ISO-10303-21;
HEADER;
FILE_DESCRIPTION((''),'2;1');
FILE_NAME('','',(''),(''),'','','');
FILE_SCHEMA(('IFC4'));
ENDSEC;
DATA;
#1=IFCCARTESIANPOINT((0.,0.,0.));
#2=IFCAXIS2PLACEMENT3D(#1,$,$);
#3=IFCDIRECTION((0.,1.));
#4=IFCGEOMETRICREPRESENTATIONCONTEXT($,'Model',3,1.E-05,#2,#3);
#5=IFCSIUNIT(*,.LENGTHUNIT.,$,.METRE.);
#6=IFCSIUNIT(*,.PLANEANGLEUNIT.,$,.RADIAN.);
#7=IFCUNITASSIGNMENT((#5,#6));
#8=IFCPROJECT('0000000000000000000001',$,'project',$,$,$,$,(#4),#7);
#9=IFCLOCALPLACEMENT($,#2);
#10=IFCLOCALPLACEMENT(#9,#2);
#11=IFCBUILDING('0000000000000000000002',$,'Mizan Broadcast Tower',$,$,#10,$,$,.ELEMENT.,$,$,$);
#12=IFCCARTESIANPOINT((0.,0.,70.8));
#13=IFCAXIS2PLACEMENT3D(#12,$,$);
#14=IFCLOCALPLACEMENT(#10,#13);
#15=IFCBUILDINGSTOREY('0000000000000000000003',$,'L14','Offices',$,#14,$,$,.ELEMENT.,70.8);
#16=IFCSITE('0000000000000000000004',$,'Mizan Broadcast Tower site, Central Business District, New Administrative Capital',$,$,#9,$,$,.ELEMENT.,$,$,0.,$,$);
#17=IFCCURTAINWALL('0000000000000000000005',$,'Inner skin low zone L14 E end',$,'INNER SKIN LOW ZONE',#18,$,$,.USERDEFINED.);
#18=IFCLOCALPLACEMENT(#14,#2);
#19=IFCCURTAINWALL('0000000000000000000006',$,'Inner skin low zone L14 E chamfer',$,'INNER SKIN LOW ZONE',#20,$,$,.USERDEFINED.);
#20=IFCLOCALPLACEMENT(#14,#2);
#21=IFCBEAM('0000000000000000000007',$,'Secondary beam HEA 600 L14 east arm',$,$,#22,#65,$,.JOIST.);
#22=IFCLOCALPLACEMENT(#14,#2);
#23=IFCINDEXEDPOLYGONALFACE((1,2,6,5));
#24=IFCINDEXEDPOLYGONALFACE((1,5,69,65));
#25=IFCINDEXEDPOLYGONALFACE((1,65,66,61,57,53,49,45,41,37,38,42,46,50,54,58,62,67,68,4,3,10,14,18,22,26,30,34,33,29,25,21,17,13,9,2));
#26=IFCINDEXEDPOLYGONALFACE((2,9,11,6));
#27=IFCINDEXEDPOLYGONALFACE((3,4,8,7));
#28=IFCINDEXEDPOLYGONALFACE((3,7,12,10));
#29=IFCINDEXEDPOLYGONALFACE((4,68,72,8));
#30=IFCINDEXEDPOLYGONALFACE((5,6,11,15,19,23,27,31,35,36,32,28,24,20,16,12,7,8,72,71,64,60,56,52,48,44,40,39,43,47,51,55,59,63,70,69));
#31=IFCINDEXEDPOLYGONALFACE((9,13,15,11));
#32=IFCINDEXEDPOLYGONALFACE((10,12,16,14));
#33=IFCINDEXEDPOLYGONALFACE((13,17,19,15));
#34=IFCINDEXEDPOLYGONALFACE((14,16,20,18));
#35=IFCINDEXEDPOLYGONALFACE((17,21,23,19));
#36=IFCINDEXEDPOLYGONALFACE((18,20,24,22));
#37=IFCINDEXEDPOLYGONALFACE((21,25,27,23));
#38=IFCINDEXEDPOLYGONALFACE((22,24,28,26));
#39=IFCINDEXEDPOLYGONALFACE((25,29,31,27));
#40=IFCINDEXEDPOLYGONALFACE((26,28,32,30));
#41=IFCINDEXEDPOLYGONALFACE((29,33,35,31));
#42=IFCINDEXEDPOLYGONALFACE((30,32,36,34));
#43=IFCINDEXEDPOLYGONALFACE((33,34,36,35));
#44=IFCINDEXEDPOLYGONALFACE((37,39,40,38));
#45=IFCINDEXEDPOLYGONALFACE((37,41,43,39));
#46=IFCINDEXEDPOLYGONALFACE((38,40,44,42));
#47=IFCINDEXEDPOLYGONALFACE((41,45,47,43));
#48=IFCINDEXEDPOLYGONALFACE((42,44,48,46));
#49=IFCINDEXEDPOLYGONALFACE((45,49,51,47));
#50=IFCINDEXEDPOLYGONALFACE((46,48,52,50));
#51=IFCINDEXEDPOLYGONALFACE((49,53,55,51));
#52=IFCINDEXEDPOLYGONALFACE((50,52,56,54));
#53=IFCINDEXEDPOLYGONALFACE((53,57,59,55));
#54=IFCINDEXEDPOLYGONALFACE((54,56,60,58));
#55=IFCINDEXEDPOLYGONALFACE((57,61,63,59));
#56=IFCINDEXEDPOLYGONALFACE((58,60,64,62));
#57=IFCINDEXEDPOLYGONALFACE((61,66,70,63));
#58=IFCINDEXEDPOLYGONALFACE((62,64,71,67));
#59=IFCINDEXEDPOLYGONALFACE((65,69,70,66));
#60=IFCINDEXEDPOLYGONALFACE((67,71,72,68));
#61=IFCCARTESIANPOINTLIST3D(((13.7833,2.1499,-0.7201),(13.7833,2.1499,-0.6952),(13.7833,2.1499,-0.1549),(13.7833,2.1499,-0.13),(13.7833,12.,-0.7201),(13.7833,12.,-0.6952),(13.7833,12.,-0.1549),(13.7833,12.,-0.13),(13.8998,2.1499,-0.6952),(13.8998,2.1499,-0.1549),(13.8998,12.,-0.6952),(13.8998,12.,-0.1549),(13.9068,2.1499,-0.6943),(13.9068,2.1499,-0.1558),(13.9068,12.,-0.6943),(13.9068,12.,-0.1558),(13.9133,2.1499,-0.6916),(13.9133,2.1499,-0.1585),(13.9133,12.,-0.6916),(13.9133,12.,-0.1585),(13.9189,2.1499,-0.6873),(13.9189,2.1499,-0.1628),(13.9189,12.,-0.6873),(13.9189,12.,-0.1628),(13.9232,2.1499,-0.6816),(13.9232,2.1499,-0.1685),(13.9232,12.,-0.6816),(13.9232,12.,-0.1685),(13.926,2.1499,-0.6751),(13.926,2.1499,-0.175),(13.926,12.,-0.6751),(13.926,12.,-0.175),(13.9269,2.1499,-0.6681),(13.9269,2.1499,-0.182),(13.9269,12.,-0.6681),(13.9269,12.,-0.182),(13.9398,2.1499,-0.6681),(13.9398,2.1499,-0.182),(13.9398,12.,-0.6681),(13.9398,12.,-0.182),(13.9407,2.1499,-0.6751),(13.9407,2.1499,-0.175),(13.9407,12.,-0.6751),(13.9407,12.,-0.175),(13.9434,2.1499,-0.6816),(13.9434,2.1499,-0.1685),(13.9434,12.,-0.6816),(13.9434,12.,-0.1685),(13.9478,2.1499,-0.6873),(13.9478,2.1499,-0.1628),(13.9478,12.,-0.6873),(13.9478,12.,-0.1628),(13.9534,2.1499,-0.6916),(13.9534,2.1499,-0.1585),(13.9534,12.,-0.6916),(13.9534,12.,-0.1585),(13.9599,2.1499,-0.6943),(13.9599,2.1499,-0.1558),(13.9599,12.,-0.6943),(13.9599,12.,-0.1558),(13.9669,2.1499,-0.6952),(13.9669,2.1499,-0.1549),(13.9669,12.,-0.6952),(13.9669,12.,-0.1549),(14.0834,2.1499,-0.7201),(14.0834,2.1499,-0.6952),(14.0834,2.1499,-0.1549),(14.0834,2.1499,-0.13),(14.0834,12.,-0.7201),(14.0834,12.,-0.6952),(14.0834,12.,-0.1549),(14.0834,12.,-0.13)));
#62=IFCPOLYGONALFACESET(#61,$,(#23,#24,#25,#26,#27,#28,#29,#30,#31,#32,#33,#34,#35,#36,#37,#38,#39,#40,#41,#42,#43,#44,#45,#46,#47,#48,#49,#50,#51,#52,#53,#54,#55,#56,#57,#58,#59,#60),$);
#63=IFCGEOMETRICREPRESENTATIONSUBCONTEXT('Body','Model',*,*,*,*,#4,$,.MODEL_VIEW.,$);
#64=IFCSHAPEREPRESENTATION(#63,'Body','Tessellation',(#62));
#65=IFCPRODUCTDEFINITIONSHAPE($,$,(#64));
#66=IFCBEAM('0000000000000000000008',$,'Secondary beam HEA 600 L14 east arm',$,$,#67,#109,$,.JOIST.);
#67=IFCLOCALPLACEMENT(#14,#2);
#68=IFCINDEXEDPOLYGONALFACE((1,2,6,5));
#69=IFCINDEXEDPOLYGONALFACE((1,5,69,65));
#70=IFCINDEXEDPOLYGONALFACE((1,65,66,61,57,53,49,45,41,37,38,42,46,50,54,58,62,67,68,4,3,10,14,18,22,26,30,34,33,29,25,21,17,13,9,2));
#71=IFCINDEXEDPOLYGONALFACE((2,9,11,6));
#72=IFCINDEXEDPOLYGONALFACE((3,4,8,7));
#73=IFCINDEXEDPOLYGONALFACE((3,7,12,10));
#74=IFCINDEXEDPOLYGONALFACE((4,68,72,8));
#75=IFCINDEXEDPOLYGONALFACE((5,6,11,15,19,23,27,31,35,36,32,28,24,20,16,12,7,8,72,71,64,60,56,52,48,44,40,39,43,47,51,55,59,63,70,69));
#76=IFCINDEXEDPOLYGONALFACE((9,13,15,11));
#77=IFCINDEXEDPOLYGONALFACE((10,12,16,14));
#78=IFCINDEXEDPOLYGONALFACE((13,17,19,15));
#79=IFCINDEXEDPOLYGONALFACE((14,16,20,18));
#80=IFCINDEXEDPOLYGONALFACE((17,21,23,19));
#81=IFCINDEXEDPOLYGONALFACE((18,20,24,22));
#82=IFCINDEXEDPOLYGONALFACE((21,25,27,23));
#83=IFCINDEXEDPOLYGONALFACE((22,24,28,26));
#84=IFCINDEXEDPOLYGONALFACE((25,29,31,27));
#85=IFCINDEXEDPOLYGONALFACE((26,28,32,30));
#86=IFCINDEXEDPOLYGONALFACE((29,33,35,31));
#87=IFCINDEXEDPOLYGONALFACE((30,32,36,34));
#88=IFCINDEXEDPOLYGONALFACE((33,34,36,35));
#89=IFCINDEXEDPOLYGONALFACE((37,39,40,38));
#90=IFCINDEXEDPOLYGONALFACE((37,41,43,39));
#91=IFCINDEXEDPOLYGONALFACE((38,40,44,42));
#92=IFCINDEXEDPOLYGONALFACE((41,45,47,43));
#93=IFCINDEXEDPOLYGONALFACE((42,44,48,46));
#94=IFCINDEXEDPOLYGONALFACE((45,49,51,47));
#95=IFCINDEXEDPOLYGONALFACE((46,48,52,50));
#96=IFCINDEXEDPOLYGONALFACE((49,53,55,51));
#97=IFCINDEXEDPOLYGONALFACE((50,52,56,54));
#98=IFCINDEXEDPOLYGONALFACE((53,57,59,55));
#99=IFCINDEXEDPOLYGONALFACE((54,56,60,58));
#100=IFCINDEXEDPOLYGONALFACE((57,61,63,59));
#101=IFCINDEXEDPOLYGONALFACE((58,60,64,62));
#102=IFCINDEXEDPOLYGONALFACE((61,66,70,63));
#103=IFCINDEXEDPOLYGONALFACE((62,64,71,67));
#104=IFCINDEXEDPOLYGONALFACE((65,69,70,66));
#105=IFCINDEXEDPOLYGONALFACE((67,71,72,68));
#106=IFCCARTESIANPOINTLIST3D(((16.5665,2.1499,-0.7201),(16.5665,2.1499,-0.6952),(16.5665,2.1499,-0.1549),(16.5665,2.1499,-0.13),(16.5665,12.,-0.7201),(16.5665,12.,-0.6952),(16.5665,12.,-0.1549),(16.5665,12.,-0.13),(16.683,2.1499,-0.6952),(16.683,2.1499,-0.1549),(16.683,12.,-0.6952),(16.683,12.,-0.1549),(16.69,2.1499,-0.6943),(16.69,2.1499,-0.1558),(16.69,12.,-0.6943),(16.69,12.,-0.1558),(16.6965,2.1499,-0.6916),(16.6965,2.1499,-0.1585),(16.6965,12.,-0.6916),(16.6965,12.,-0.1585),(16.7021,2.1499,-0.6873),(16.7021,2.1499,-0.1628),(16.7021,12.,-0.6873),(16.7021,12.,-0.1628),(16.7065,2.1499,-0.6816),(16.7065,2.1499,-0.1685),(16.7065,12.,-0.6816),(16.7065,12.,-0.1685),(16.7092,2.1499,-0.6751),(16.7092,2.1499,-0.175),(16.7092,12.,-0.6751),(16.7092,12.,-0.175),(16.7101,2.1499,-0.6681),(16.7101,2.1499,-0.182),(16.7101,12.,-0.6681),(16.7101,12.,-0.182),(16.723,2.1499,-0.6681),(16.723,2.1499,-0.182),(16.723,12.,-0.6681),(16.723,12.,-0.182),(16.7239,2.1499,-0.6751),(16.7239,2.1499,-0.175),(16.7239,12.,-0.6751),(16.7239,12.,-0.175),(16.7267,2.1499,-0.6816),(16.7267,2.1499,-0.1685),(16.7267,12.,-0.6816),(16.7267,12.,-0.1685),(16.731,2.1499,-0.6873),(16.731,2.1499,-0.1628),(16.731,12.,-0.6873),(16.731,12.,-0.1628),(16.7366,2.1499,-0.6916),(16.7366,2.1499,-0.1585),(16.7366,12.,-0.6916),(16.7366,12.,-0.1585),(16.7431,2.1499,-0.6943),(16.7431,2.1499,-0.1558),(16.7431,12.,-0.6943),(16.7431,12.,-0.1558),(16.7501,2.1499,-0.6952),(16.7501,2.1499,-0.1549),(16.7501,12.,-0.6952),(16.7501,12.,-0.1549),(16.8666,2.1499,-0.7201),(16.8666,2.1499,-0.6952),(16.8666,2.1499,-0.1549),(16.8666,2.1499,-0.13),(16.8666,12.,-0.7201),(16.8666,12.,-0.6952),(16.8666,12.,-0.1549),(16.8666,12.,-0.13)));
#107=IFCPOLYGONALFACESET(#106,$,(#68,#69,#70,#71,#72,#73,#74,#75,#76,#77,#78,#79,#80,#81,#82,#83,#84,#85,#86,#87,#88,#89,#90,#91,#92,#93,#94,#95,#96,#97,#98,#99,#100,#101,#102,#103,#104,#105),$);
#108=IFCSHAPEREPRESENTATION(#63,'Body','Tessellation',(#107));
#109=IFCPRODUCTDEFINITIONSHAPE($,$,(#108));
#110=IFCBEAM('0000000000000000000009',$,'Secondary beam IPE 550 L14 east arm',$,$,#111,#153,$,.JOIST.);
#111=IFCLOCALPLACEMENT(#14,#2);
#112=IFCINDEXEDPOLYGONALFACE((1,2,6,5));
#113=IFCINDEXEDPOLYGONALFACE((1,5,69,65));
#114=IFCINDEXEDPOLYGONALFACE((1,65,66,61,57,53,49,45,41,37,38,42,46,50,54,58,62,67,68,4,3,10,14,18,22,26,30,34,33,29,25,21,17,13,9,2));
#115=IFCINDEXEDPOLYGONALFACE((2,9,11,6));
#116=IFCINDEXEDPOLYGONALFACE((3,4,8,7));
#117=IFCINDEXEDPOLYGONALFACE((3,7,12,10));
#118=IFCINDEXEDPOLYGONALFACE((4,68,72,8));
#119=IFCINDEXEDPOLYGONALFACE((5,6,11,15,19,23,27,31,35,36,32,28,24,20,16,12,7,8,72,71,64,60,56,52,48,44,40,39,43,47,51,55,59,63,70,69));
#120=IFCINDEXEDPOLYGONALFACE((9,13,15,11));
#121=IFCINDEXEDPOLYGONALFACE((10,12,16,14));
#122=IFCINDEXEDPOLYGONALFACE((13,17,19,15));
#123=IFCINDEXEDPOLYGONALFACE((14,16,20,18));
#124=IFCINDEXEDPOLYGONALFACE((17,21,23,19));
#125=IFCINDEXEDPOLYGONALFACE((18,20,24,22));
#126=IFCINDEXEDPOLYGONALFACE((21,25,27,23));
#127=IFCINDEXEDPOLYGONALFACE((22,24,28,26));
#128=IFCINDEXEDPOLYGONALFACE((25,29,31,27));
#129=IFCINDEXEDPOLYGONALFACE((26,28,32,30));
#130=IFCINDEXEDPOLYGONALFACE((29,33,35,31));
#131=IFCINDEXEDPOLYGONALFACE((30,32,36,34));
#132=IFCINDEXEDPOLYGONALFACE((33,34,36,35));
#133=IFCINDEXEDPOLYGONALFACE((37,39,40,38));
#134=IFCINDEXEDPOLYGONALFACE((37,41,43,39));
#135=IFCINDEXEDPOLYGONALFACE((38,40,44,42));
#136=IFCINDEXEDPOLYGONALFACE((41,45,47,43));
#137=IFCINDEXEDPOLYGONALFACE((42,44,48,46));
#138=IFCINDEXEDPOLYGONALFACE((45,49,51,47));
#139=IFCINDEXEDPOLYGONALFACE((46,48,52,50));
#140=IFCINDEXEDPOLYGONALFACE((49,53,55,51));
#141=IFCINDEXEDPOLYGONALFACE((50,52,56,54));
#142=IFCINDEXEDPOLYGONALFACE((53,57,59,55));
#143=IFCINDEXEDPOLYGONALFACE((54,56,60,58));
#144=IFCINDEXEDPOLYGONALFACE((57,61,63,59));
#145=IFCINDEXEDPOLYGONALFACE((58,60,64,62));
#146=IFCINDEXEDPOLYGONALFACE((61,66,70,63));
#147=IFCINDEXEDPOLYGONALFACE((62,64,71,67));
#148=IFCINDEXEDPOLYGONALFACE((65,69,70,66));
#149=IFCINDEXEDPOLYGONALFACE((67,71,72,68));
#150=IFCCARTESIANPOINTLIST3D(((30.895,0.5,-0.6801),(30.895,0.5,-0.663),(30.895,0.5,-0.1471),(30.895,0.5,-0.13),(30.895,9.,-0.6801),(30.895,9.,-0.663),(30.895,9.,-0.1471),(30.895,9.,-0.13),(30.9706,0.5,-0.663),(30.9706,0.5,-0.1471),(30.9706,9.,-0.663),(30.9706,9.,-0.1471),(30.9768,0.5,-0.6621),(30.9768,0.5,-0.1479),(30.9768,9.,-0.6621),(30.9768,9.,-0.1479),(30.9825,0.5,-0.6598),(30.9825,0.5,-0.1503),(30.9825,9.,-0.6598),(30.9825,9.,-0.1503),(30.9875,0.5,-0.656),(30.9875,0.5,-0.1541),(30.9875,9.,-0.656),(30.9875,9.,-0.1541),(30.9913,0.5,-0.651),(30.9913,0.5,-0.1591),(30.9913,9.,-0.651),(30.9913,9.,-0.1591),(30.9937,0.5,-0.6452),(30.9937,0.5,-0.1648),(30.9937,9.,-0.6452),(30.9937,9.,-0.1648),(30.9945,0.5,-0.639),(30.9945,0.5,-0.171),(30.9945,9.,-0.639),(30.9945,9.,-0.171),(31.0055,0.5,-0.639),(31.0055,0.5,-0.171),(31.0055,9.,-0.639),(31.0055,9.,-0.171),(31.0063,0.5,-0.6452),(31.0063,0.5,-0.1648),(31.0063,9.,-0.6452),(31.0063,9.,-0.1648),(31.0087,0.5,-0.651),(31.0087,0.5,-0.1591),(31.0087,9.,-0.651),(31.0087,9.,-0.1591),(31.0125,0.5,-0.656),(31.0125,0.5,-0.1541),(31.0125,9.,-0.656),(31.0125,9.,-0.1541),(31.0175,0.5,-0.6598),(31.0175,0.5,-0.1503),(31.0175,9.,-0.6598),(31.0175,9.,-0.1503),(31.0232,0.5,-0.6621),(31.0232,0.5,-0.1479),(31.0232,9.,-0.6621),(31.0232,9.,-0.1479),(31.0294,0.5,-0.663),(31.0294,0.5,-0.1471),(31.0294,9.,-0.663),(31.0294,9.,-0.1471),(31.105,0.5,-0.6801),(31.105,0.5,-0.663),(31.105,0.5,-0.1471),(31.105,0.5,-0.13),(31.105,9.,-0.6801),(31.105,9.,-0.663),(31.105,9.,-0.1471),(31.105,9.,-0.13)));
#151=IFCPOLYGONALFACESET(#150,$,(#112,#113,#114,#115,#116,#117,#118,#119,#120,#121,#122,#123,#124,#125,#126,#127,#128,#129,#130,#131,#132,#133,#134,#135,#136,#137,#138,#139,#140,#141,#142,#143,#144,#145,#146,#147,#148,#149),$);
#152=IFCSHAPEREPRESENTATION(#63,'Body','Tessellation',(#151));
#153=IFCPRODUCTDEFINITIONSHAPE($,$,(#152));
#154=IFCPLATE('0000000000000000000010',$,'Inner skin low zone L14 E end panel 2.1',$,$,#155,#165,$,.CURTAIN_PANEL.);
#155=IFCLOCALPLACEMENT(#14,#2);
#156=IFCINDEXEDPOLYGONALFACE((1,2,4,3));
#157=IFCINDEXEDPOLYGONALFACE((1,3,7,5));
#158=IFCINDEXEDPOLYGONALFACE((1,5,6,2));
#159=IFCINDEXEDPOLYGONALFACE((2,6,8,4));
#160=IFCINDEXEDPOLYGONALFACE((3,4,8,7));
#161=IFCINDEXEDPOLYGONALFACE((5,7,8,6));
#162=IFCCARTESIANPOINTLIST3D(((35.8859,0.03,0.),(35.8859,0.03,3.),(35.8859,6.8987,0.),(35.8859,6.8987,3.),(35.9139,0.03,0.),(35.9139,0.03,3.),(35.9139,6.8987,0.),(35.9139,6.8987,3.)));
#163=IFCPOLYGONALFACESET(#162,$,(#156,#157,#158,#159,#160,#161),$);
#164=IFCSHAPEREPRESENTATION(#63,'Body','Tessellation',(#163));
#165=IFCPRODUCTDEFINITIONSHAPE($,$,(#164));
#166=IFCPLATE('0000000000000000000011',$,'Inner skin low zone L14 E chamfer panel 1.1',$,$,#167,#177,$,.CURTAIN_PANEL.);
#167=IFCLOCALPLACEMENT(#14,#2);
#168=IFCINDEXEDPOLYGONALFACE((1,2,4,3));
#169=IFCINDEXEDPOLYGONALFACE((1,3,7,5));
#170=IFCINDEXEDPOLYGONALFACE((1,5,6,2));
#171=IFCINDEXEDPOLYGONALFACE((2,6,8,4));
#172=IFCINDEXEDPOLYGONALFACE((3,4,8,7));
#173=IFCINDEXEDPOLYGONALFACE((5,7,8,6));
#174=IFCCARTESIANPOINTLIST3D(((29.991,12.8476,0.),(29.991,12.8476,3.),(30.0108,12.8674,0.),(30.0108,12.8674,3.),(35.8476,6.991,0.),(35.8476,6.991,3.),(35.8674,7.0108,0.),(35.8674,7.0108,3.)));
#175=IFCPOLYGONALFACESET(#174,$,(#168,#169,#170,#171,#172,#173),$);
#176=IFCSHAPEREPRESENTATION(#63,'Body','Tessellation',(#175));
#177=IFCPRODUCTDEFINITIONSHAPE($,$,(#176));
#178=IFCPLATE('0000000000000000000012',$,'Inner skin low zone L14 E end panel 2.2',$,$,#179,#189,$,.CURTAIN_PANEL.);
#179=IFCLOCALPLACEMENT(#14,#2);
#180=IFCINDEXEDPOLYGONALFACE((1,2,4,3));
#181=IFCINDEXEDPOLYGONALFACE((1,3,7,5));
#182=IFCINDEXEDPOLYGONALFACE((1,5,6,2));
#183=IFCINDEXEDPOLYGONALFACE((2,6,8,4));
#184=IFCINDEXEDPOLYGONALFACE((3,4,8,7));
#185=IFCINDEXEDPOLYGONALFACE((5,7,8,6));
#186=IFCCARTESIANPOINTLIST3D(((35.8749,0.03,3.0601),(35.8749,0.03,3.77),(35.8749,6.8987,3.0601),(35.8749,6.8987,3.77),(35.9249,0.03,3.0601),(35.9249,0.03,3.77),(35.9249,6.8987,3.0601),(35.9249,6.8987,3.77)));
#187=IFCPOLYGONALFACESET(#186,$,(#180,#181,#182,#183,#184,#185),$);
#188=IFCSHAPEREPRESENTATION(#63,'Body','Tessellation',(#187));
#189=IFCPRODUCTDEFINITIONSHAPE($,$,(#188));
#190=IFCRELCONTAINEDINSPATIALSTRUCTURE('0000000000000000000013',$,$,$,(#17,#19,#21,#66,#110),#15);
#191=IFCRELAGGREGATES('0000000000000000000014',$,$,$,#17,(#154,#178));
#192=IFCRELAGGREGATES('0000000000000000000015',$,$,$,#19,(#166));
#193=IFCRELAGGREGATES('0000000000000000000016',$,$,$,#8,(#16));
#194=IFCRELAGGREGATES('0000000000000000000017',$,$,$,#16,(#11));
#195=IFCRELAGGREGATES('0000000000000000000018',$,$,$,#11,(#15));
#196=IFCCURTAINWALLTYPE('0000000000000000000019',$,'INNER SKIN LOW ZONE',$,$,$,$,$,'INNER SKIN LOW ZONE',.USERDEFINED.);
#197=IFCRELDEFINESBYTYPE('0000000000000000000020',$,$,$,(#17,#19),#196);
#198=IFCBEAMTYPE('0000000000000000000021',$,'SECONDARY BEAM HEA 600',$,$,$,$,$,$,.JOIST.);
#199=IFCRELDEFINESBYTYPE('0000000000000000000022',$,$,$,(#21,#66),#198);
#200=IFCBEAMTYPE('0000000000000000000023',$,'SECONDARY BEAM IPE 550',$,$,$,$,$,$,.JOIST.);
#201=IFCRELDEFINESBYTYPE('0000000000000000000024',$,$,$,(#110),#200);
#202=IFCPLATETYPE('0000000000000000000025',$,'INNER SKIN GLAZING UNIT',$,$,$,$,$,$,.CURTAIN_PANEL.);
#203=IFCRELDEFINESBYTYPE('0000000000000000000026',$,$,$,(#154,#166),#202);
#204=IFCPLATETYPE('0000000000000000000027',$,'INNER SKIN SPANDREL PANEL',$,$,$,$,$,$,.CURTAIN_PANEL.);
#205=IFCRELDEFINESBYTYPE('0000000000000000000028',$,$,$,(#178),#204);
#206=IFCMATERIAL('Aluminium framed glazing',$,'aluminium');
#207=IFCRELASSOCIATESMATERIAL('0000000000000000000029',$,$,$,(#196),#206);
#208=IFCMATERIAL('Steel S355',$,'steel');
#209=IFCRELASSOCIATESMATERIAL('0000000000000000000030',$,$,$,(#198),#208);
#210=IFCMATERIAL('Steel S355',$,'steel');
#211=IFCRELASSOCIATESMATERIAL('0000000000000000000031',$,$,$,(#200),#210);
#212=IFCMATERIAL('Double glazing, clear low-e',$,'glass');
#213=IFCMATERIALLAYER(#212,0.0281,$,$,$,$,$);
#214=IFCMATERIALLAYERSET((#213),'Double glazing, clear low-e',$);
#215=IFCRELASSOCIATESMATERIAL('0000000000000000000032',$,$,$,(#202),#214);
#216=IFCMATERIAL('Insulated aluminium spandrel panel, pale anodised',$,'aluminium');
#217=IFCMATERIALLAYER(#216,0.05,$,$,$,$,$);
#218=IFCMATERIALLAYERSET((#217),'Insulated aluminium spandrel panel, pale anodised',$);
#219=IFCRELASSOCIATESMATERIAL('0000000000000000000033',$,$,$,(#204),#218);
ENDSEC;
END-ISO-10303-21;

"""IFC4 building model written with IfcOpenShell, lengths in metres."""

from ifc_helpers import new_model, si_unit, direction, frame, origin, origin_2d, place, context, subcontext, project, spatial, rectangle, i_section, extrude, material, layer, layer_set, material_profile, profile_set, type_object, element, aggregate, save


model = new_model("IFC4")

# Units and contexts
model_context = context("Model", 3, precision=1e-05, world=origin(), true_north=direction((0.0, 1.0)))
body_context = subcontext(model_context, "Body", "Model", "MODEL_VIEW")
ifc_project = project(units=[si_unit("LENGTHUNIT", "METRE"), si_unit("PLANEANGLEUNIT", "RADIAN")], contexts=[model_context])

# Site, building, storey
site_placement = place(None, origin())
site = spatial("IfcSite", under=ifc_project, at=site_placement, Name="Mizan Broadcast Tower site, Central Business District, New Administrative Capital", CompositionType="ELEMENT", RefElevation=0.0)
building_placement = place(site_placement, origin())
building = spatial("IfcBuilding", under=site, at=building_placement, Name="Mizan Broadcast Tower", CompositionType="ELEMENT")
storey_placement = place(building_placement, frame((0.0, 0.0, 70.8)))
storey = spatial("IfcBuildingStorey", under=building, at=storey_placement, Name="L14", Description="Offices", CompositionType="ELEMENT", Elevation=70.8)

# Curtain wall
ifc_material_1 = material(Name="Aluminium framed glazing", Category="aluminium")
curtain_wall_type_1 = type_object("IfcCurtainWallType", Name="INNER SKIN LOW ZONE", ElementType="INNER SKIN LOW ZONE", PredefinedType="USERDEFINED", material=ifc_material_1)
curtain_wall_1_placement = place(storey_placement, origin())
curtain_wall_1 = element("IfcCurtainWall", 1, at=curtain_wall_1_placement, inside=storey, type_object=curtain_wall_type_1, Name="Inner skin low zone L14 E end", ObjectType="INNER SKIN LOW ZONE", PredefinedType="USERDEFINED")

# Curtain wall
curtain_wall_2_placement = place(storey_placement, origin())
curtain_wall_2 = element("IfcCurtainWall", 2, at=curtain_wall_2_placement, inside=storey, type_object=curtain_wall_type_1, Name="Inner skin low zone L14 E chamfer", ObjectType="INNER SKIN LOW ZONE", PredefinedType="USERDEFINED")

# Beams
ifc_material_2 = material(Name="Steel S355", Category="steel")
ifc_material_profile_1 = material_profile(ifc_material_2, i_section(OverallWidth=0.3, OverallDepth=0.5901, WebThickness=0.0129, FlangeThickness=0.0249, FilletRadius=0.0271, at=origin_2d()), Name="HEA 600")
ifc_profile_set_1 = profile_set([ifc_material_profile_1], Name="Steel S355")
beam_type_1 = type_object("IfcBeamType", Name="SECONDARY BEAM HEA 600", PredefinedType="JOIST", material=ifc_profile_set_1)
for number, where, z_axis, x_axis, name in (
    (3, (13.9333, 12.0, -0.425), (0.0, -1.0, 0.0), (1.0, 0.0, 0.0), "Secondary beam HEA 600 L14 east arm"),
    (4, (16.7166, 12.0, -0.425), (0.0, -1.0, 0.0), (1.0, 0.0, 0.0), "Secondary beam HEA 600 L14 east arm"),
):
    element("IfcBeam", number, at=place(storey_placement, frame(where, z_axis=z_axis, x_axis=x_axis)), inside=storey, type_object=beam_type_1, Name=name, PredefinedType="JOIST", context=body_context, shape_type="SweptSolid", body=[
        extrude(i_section(OverallWidth=0.3, OverallDepth=0.5901, WebThickness=0.0129, FlangeThickness=0.0249, FilletRadius=0.0271, at=origin_2d()), origin(), (0.0, 0.0, 1.0), 9.8501),
    ])
ifc_material_3 = material(Name="Steel S355", Category="steel")
ifc_material_profile_2 = material_profile(ifc_material_3, i_section(OverallWidth=0.21, OverallDepth=0.55, WebThickness=0.011, FlangeThickness=0.0171, FilletRadius=0.0239, at=origin_2d()), Name="IPE 550")
ifc_profile_set_2 = profile_set([ifc_material_profile_2], Name="Steel S355")
beam_type_2 = type_object("IfcBeamType", Name="SECONDARY BEAM IPE 550", PredefinedType="JOIST", material=ifc_profile_set_2)
beam_1_placement = place(storey_placement, frame((31.0, 9.0, -0.405), z_axis=(0.0, -1.0, 0.0), x_axis=(1.0, 0.0, 0.0)))
element("IfcBeam", 5, at=beam_1_placement, inside=storey, type_object=beam_type_2, Name="Secondary beam IPE 550 L14 east arm", PredefinedType="JOIST", context=body_context, shape_type="SweptSolid", body=[
    extrude(i_section(OverallWidth=0.21, OverallDepth=0.55, WebThickness=0.011, FlangeThickness=0.0171, FilletRadius=0.0239, at=origin_2d()), origin(), (0.0, 0.0, 1.0), 8.5),
])

# Plates
ifc_material_4 = material(Name="Double glazing, clear low-e", Category="glass")
ifc_layer_1 = layer(ifc_material_4, 0.0281)
ifc_layer_set_1 = layer_set([ifc_layer_1], Name="Double glazing, clear low-e")
plate_type_1 = type_object("IfcPlateType", Name="INNER SKIN GLAZING UNIT", PredefinedType="CURTAIN_PANEL", material=ifc_layer_set_1)
plate_1_placement = place(storey_placement, frame((35.8999, 3.4644, 0.0), z_axis=(0.0, 0.0, 1.0), x_axis=(0.0, 1.0, 0.0)))
plate_1 = element("IfcPlate", 6, at=plate_1_placement, type_object=plate_type_1, Name="Inner skin low zone L14 E end panel 2.1", PredefinedType="CURTAIN_PANEL", context=body_context, shape_type="SweptSolid", body=[
    extrude(rectangle(XDim=6.8687, YDim=0.0281, at=origin_2d()), origin(), (0.0, 0.0, 1.0), 3.0),
])
plate_2_placement = place(storey_placement, frame((32.9292, 9.9292, 0.0), z_axis=(0.0, 0.0, 1.0), x_axis=(-0.707107, 0.707107, 0.0)))
plate_2 = element("IfcPlate", 7, at=plate_2_placement, type_object=plate_type_1, Name="Inner skin low zone L14 E chamfer panel 1.1", PredefinedType="CURTAIN_PANEL", context=body_context, shape_type="SweptSolid", body=[
    extrude(rectangle(XDim=8.2825, YDim=0.0281, at=origin_2d()), origin(), (0.0, 0.0, 1.0), 3.0),
])
ifc_material_5 = material(Name="Insulated aluminium spandrel panel, pale anodised", Category="aluminium")
ifc_layer_2 = layer(ifc_material_5, 0.05)
ifc_layer_set_2 = layer_set([ifc_layer_2], Name="Insulated aluminium spandrel panel, pale anodised")
plate_type_2 = type_object("IfcPlateType", Name="INNER SKIN SPANDREL PANEL", PredefinedType="CURTAIN_PANEL", material=ifc_layer_set_2)
plate_3_placement = place(storey_placement, frame((35.8999, 3.4644, 3.0601), z_axis=(0.0, 0.0, 1.0), x_axis=(0.0, 1.0, 0.0)))
plate_3 = element("IfcPlate", 8, at=plate_3_placement, type_object=plate_type_2, Name="Inner skin low zone L14 E end panel 2.2", PredefinedType="CURTAIN_PANEL", context=body_context, shape_type="SweptSolid", body=[
    extrude(rectangle(XDim=6.8687, YDim=0.05, at=origin_2d()), origin(), (0.0, 0.0, 1.0), 0.71),
])
aggregate(curtain_wall_1, [plate_1, plate_3])
aggregate(curtain_wall_2, [plate_2])

save(model, "model.ifc")
